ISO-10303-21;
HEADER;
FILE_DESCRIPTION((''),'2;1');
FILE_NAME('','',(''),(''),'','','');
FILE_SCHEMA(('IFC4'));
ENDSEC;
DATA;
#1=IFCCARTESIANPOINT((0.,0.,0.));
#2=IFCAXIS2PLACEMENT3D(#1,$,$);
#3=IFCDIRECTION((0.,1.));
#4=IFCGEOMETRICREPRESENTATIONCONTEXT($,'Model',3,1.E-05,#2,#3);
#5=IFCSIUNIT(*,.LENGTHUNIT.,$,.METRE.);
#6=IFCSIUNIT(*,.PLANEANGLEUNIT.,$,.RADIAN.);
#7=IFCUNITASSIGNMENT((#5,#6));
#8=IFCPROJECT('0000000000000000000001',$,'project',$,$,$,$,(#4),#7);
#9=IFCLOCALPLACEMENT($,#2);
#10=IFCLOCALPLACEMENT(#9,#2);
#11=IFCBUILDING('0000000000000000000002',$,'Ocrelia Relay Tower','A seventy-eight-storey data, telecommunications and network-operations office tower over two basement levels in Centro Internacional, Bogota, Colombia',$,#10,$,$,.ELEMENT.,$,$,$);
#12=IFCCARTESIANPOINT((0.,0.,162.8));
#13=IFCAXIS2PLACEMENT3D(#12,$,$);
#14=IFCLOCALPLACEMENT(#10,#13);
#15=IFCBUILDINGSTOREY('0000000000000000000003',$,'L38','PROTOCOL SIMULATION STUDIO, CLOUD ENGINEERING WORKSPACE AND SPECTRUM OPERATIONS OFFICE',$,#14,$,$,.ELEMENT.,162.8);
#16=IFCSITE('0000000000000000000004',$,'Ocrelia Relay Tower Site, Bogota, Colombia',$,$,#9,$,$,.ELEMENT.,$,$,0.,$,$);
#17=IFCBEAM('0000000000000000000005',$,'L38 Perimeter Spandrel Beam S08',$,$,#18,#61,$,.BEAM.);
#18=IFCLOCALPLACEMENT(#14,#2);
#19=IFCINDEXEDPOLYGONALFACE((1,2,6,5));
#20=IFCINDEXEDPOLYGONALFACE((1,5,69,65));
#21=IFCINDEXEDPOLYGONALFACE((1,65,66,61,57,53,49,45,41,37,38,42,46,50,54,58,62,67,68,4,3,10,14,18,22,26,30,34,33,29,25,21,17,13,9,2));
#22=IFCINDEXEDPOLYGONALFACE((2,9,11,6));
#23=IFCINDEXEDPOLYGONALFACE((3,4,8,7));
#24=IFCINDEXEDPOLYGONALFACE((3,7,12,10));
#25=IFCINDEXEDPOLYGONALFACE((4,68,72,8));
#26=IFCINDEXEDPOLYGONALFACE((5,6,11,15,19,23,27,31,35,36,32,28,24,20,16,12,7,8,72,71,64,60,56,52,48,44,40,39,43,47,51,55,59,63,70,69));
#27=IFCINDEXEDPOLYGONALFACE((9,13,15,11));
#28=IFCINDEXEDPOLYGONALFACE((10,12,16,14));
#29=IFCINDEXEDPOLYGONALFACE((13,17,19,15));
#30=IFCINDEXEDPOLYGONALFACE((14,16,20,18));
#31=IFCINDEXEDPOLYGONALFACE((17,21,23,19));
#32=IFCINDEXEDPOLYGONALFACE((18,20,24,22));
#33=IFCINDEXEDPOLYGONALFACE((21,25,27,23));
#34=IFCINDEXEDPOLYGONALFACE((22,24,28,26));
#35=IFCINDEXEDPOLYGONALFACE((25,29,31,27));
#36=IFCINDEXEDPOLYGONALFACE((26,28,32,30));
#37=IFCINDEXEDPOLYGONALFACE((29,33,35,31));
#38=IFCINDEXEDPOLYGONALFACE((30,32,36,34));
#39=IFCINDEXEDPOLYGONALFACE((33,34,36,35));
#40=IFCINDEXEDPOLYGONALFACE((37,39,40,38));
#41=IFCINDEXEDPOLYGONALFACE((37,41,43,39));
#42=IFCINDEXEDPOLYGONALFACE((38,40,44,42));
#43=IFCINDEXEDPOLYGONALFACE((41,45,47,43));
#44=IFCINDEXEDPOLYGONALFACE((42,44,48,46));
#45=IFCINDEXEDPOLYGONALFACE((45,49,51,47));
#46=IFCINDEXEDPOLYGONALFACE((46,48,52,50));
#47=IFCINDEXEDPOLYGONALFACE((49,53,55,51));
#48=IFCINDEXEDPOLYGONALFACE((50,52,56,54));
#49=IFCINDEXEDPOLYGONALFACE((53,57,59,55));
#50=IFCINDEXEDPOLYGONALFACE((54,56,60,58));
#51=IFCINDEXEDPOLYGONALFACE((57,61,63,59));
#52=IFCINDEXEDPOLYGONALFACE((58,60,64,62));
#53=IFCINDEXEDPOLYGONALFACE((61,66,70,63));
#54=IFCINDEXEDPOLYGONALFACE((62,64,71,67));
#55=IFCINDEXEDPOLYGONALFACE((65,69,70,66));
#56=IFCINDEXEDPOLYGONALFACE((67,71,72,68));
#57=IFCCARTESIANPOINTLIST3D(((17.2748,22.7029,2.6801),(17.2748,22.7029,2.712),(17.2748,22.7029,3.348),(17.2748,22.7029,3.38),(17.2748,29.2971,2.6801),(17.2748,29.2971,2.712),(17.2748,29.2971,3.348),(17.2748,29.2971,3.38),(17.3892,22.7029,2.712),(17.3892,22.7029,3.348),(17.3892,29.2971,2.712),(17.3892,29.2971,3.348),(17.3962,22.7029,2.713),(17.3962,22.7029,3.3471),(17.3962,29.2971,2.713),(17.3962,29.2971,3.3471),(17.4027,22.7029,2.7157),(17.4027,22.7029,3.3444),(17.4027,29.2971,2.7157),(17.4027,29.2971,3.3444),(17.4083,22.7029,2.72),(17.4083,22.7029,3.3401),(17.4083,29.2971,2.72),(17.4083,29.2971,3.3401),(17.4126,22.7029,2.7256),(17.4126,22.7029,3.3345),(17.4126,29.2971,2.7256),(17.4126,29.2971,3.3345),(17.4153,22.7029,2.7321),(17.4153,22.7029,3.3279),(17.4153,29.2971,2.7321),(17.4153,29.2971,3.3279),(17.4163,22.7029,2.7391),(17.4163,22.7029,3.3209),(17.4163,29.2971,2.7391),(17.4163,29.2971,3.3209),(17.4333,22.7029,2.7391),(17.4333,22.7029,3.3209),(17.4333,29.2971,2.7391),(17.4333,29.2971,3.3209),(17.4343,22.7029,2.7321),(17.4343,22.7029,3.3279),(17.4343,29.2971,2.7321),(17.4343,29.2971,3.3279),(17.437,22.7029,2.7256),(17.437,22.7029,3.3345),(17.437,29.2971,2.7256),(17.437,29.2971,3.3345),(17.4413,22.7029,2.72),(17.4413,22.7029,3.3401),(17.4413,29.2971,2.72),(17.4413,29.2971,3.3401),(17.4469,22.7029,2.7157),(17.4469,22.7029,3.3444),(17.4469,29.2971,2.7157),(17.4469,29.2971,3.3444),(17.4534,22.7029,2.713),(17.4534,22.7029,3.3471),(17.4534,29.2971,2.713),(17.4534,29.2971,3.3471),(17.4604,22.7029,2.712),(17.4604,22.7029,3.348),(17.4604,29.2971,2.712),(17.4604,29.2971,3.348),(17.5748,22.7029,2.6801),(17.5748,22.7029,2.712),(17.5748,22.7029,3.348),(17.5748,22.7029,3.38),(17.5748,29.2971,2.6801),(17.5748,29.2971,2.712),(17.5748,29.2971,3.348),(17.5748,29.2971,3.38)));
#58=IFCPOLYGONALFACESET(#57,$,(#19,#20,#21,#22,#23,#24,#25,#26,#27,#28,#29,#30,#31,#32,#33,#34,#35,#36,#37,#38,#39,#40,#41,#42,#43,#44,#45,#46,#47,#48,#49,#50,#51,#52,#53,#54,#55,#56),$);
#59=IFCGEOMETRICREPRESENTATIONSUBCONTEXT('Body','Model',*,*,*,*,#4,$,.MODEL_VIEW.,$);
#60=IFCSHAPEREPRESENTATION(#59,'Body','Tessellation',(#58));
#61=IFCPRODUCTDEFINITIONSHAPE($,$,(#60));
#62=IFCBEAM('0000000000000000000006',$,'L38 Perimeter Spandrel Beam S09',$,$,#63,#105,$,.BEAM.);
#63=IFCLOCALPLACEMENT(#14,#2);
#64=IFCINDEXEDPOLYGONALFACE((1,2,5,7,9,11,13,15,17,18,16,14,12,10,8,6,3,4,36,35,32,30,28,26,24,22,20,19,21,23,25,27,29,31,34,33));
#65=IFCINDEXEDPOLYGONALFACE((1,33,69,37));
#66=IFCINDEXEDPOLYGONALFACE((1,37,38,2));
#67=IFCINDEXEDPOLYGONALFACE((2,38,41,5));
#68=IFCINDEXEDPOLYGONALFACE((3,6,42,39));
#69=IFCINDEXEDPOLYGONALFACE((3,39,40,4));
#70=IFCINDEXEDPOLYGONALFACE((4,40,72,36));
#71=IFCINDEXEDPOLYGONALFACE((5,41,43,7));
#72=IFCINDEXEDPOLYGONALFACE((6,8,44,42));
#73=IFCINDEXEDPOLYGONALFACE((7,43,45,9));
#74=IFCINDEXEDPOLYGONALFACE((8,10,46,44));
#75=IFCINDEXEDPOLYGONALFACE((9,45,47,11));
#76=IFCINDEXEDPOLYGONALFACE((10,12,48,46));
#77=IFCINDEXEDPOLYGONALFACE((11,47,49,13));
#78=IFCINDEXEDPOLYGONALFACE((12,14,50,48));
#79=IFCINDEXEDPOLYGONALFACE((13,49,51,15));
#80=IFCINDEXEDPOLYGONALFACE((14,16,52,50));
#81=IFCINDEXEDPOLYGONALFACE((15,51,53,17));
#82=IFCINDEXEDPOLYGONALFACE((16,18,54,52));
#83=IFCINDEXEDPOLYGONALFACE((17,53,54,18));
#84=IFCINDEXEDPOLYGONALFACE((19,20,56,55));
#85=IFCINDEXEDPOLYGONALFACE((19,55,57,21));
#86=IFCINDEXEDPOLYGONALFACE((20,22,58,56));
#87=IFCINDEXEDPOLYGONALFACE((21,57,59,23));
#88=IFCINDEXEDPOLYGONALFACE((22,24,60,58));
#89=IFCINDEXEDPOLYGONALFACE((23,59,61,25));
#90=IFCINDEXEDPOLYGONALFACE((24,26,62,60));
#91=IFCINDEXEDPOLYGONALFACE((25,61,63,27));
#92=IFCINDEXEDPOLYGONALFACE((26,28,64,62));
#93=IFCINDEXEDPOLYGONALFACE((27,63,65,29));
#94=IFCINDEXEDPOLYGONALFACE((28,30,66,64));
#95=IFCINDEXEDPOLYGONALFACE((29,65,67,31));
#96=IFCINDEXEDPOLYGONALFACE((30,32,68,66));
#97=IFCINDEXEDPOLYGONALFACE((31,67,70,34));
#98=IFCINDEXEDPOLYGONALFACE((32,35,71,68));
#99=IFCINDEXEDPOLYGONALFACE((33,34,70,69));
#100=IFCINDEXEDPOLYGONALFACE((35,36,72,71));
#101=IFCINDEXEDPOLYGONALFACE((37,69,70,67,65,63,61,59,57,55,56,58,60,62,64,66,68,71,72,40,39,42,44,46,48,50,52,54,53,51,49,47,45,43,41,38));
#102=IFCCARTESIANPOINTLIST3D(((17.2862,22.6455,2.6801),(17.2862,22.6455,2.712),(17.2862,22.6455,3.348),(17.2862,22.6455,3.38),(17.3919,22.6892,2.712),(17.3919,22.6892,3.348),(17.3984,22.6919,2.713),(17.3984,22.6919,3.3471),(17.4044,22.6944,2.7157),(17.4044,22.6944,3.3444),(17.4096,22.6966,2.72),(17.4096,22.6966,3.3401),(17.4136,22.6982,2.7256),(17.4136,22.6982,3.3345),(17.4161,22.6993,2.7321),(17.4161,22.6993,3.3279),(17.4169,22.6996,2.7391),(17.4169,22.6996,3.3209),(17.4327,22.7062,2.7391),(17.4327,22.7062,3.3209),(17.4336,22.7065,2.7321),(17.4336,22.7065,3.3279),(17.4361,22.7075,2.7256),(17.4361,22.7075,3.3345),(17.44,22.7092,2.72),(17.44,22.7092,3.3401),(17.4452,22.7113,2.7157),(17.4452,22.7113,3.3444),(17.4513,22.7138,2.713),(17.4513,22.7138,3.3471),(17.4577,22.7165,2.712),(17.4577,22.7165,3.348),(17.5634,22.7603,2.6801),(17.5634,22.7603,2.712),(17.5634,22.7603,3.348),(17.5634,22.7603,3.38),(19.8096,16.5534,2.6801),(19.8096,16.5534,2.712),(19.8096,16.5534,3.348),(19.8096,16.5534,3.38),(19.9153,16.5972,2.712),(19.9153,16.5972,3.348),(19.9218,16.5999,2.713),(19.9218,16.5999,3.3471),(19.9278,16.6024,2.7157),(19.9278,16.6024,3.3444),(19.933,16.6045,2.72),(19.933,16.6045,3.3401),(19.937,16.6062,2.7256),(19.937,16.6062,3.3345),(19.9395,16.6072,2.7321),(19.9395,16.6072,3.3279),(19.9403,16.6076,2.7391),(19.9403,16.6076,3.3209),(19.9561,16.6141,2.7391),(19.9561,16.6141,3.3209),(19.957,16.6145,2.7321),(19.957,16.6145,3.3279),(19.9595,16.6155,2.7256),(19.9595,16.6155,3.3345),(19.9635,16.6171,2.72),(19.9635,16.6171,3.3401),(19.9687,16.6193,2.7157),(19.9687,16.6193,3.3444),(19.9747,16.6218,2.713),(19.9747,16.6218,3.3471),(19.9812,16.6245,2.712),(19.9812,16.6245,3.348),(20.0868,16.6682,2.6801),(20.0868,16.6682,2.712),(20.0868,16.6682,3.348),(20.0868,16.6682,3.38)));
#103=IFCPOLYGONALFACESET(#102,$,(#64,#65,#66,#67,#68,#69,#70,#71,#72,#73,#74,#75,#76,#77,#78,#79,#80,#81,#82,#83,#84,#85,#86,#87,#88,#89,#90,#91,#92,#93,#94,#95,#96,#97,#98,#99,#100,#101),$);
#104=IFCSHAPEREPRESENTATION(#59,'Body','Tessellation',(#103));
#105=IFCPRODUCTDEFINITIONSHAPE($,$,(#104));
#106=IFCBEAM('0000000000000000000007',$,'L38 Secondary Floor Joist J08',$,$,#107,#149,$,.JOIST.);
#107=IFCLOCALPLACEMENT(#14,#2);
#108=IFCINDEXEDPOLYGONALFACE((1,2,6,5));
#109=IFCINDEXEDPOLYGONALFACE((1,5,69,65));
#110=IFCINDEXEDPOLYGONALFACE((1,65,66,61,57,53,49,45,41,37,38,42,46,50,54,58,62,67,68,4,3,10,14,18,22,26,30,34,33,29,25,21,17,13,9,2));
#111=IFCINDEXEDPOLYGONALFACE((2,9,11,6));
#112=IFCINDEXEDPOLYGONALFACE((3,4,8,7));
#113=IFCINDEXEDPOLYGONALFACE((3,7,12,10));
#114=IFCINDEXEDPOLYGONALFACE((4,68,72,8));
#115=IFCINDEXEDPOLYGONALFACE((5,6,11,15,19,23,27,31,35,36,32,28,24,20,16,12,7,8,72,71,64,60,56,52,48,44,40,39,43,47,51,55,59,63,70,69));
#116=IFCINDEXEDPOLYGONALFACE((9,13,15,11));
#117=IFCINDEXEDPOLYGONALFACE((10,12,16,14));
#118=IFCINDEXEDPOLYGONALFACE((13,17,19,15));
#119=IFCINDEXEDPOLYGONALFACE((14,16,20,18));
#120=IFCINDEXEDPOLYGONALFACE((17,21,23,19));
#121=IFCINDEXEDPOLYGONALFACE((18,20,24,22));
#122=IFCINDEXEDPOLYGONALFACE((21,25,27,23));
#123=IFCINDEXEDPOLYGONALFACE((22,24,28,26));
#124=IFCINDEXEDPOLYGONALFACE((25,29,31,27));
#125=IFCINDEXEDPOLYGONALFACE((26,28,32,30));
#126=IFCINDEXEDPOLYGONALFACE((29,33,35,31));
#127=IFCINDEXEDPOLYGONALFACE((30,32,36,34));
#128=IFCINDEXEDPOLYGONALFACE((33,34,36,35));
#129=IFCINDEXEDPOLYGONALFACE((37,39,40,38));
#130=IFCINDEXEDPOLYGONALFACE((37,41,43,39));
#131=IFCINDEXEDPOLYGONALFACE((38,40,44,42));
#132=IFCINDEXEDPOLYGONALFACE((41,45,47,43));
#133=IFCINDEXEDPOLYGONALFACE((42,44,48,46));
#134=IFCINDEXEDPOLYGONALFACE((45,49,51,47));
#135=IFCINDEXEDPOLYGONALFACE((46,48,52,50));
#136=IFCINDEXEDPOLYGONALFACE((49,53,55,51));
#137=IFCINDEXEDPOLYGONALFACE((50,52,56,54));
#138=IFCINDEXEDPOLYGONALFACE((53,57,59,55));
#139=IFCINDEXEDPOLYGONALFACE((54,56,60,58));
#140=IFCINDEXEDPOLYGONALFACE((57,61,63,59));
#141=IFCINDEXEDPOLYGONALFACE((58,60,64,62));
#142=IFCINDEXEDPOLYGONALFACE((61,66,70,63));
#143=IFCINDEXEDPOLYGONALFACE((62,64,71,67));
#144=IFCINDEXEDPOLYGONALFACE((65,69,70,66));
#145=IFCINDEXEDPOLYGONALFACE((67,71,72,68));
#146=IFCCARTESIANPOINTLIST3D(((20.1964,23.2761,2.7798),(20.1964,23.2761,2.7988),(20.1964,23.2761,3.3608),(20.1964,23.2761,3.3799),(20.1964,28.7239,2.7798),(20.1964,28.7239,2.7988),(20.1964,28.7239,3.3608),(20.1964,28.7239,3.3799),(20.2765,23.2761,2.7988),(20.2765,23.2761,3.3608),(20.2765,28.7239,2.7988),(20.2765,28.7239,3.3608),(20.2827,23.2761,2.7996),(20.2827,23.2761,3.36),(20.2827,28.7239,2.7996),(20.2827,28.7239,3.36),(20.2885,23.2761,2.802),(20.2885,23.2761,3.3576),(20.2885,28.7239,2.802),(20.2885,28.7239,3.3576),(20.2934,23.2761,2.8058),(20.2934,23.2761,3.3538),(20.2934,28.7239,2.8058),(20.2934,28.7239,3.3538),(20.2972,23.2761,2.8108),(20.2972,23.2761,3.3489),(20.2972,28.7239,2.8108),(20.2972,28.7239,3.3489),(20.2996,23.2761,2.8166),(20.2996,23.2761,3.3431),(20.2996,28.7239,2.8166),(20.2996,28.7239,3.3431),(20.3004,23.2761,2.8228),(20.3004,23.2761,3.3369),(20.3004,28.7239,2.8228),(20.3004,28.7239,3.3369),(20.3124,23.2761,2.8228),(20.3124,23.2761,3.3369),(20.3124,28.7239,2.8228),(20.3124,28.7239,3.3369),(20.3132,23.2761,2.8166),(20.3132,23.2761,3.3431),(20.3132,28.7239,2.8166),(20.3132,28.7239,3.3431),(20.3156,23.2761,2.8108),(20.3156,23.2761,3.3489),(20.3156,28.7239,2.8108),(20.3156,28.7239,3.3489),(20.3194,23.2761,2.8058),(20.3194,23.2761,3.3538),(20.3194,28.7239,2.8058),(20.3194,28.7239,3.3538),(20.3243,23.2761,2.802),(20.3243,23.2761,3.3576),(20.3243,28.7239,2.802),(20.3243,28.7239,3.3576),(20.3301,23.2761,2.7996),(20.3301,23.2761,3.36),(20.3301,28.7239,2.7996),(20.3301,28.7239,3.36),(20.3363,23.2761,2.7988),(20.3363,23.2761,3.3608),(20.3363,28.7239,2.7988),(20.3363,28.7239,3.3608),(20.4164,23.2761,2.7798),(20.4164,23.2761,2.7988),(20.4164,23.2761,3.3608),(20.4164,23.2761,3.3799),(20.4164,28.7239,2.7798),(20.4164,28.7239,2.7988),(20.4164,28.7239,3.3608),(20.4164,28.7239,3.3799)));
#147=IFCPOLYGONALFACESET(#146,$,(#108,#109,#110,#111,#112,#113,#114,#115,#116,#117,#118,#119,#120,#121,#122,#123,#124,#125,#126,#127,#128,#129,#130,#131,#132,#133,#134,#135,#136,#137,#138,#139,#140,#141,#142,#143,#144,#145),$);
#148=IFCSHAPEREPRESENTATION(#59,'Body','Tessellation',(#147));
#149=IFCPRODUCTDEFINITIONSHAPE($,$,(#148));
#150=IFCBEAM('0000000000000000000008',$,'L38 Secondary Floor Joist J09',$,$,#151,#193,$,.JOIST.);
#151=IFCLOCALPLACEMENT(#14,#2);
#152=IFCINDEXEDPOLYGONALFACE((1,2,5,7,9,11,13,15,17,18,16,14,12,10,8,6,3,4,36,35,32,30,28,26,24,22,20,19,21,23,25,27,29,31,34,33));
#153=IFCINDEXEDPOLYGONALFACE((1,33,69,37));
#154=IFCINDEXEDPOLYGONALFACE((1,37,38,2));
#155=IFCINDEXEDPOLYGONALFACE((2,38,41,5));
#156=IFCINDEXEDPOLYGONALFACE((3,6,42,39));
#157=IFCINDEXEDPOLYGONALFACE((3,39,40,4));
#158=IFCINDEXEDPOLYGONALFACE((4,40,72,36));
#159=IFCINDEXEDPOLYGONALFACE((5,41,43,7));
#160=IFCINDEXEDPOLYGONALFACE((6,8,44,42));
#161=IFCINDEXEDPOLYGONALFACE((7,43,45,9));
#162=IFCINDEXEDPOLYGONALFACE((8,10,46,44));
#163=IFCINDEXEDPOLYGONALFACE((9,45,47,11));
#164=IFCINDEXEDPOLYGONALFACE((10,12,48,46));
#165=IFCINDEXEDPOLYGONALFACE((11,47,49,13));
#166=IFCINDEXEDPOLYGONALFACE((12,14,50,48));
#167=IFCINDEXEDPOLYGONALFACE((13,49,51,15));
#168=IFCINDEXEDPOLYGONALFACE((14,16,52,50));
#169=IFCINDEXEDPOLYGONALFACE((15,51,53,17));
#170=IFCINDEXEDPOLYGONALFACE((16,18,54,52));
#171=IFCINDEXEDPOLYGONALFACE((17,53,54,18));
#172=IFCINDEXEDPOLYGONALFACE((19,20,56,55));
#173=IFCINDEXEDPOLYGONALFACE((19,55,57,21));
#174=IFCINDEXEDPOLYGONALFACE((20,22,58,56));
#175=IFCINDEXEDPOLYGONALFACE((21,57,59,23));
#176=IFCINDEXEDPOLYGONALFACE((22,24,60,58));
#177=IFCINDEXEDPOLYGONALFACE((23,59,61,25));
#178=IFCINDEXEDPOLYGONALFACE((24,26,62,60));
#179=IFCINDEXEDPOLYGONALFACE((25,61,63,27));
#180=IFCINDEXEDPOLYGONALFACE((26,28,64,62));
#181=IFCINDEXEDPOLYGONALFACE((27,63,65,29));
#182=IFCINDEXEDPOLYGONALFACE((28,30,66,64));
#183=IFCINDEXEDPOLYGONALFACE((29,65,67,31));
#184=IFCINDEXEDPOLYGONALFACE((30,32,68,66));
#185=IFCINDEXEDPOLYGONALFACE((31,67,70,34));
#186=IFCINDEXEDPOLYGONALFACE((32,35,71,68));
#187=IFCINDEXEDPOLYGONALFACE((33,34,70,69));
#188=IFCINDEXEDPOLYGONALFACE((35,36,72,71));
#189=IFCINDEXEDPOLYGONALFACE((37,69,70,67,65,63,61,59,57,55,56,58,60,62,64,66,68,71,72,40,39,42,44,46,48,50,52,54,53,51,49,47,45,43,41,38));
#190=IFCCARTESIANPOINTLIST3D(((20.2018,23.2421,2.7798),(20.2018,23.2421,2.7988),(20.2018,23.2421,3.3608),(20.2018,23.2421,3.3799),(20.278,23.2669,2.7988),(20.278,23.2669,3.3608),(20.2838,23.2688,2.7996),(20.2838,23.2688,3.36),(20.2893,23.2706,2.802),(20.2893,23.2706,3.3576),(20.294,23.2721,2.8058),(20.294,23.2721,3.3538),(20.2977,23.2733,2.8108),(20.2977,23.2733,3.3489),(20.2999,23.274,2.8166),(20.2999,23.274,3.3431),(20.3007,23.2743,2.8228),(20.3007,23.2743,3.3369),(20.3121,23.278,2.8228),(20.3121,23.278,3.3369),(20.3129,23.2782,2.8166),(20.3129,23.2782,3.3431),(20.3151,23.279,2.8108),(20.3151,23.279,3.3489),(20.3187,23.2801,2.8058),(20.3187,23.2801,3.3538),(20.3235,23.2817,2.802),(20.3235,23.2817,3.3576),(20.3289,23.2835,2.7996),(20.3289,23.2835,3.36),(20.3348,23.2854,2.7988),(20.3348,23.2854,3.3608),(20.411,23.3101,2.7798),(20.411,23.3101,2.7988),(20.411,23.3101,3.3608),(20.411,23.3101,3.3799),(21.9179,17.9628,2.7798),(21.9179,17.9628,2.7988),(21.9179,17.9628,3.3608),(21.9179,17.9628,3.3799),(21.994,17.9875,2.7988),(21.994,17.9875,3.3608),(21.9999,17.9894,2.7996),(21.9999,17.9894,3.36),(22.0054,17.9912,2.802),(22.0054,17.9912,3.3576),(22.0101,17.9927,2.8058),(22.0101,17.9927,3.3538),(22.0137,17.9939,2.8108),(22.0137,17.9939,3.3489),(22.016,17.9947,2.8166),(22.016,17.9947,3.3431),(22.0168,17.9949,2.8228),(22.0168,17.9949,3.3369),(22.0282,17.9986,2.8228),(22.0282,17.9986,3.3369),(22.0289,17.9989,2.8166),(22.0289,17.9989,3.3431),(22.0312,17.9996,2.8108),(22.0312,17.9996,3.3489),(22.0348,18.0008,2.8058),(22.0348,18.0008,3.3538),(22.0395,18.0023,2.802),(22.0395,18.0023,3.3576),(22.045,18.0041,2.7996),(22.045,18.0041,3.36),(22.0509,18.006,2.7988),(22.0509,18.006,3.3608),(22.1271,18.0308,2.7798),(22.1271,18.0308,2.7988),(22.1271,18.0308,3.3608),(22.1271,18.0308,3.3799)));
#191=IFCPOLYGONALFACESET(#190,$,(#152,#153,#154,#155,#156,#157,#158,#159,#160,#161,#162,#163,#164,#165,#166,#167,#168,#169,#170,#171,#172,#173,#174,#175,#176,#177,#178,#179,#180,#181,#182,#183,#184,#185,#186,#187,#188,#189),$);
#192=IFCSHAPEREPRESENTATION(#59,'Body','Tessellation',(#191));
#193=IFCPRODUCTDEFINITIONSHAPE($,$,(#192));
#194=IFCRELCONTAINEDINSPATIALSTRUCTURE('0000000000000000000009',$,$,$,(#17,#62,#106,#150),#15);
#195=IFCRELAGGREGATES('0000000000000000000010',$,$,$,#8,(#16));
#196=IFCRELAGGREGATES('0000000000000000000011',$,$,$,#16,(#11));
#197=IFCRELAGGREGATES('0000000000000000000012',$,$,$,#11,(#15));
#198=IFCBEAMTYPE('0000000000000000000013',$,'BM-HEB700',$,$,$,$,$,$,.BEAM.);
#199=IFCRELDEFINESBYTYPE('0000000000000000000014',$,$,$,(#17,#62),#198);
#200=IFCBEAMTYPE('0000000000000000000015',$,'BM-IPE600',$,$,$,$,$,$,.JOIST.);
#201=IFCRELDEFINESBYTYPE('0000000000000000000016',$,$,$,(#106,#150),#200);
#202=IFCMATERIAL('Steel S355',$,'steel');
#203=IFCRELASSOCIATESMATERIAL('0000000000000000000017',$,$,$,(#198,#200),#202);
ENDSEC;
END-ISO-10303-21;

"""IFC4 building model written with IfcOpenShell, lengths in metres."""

from ifc_helpers import new_model, si_unit, direction, frame, origin, origin_2d, place, context, subcontext, project, spatial, i_section, extrude, material, material_profile, profile_set, type_object, element, save


model = new_model("IFC4")

# Units and contexts
model_context = context("Model", 3, precision=1e-05, world=origin(), true_north=direction((0.0, 1.0)))
body_context = subcontext(model_context, "Body", "Model", "MODEL_VIEW")
ifc_project = project(units=[si_unit("LENGTHUNIT", "METRE"), si_unit("PLANEANGLEUNIT", "RADIAN")], contexts=[model_context])

# Site, building, storey
site_placement = place(None, origin())
site = spatial("IfcSite", under=ifc_project, at=site_placement, Name="Ocrelia Relay Tower Site, Bogota, Colombia", CompositionType="ELEMENT", RefElevation=0.0)
building_placement = place(site_placement, origin())
building = spatial("IfcBuilding", under=site, at=building_placement, Name="Ocrelia Relay Tower", Description="A seventy-eight-storey data, telecommunications and network-operations office tower over two basement levels in Centro Internacional, Bogota, Colombia", CompositionType="ELEMENT")
storey_placement = place(building_placement, frame((0.0, 0.0, 162.8)))
storey = spatial("IfcBuildingStorey", under=building, at=storey_placement, Name="L38", Description="PROTOCOL SIMULATION STUDIO, CLOUD ENGINEERING WORKSPACE AND SPECTRUM OPERATIONS OFFICE", CompositionType="ELEMENT", Elevation=162.8)

# Beams
ifc_material_1 = material(Name="Steel S355", Category="steel")
ifc_material_profile_1 = material_profile(ifc_material_1, i_section(OverallWidth=0.3, OverallDepth=0.7, WebThickness=0.0171, FlangeThickness=0.032, FilletRadius=0.0271, at=origin_2d()), Name="HEB 700")
ifc_profile_set_1 = profile_set([ifc_material_profile_1], Name="Steel S355")
beam_type_1 = type_object("IfcBeamType", Name="BM-HEB700", PredefinedType="BEAM", material=ifc_profile_set_1)
beam_1_placement = place(storey_placement, frame((17.4248, 29.2971, 3.03), z_axis=(0.0, -1.0, 0.0), x_axis=(1.0, 0.0, 0.0)))
element("IfcBeam", 1, at=beam_1_placement, inside=storey, type_object=beam_type_1, Name="L38 Perimeter Spandrel Beam S08", PredefinedType="BEAM", context=body_context, shape_type="SweptSolid", body=[
    extrude(i_section(OverallWidth=0.3, OverallDepth=0.7, WebThickness=0.0171, FlangeThickness=0.032, FilletRadius=0.0271, at=origin_2d()), origin(), (0.0, 0.0, 1.0), 6.5942),
])
beam_2_placement = place(storey_placement, frame((17.4248, 22.7029, 3.03), z_axis=(0.382688, -0.923878, 0.0), x_axis=(0.923878, 0.382688, 0.0)))
element("IfcBeam", 2, at=beam_2_placement, inside=storey, type_object=beam_type_1, Name="L38 Perimeter Spandrel Beam S09", PredefinedType="BEAM", context=body_context, shape_type="SweptSolid", body=[
    extrude(i_section(OverallWidth=0.3, OverallDepth=0.7, WebThickness=0.0171, FlangeThickness=0.032, FilletRadius=0.0271, at=origin_2d()), origin(), (0.0, 0.0, 1.0), 6.594),
])
ifc_material_profile_2 = material_profile(ifc_material_1, i_section(OverallWidth=0.22, OverallDepth=0.6001, WebThickness=0.012, FlangeThickness=0.019, FilletRadius=0.0239, at=origin_2d()), Name="IPE 600")
ifc_profile_set_2 = profile_set([ifc_material_profile_2], Name="Steel S355")
beam_type_2 = type_object("IfcBeamType", Name="BM-IPE600", PredefinedType="JOIST", material=ifc_profile_set_2)
beam_3_placement = place(storey_placement, frame((20.3064, 28.7239, 3.0798), z_axis=(0.0, -1.0, 0.0), x_axis=(1.0, 0.0, 0.0)))
element("IfcBeam", 3, at=beam_3_placement, inside=storey, type_object=beam_type_2, Name="L38 Secondary Floor Joist J08", PredefinedType="JOIST", context=body_context, shape_type="SweptSolid", body=[
    extrude(i_section(OverallWidth=0.22, OverallDepth=0.6001, WebThickness=0.012, FlangeThickness=0.019, FilletRadius=0.0239, at=origin_2d()), origin(), (0.0, 0.0, 1.0), 5.4478),
])
beam_4_placement = place(storey_placement, frame((20.3064, 23.2761, 3.0798), z_axis=(0.309134, -0.951019, 0.0), x_axis=(0.951019, 0.309134, 0.0)))
element("IfcBeam", 4, at=beam_4_placement, inside=storey, type_object=beam_type_2, Name="L38 Secondary Floor Joist J09", PredefinedType="JOIST", context=body_context, shape_type="SweptSolid", body=[
    extrude(i_section(OverallWidth=0.22, OverallDepth=0.6001, WebThickness=0.012, FlangeThickness=0.019, FilletRadius=0.0239, at=origin_2d()), origin(), (0.0, 0.0, 1.0), 5.5513),
])

save(model, "model.ifc")
